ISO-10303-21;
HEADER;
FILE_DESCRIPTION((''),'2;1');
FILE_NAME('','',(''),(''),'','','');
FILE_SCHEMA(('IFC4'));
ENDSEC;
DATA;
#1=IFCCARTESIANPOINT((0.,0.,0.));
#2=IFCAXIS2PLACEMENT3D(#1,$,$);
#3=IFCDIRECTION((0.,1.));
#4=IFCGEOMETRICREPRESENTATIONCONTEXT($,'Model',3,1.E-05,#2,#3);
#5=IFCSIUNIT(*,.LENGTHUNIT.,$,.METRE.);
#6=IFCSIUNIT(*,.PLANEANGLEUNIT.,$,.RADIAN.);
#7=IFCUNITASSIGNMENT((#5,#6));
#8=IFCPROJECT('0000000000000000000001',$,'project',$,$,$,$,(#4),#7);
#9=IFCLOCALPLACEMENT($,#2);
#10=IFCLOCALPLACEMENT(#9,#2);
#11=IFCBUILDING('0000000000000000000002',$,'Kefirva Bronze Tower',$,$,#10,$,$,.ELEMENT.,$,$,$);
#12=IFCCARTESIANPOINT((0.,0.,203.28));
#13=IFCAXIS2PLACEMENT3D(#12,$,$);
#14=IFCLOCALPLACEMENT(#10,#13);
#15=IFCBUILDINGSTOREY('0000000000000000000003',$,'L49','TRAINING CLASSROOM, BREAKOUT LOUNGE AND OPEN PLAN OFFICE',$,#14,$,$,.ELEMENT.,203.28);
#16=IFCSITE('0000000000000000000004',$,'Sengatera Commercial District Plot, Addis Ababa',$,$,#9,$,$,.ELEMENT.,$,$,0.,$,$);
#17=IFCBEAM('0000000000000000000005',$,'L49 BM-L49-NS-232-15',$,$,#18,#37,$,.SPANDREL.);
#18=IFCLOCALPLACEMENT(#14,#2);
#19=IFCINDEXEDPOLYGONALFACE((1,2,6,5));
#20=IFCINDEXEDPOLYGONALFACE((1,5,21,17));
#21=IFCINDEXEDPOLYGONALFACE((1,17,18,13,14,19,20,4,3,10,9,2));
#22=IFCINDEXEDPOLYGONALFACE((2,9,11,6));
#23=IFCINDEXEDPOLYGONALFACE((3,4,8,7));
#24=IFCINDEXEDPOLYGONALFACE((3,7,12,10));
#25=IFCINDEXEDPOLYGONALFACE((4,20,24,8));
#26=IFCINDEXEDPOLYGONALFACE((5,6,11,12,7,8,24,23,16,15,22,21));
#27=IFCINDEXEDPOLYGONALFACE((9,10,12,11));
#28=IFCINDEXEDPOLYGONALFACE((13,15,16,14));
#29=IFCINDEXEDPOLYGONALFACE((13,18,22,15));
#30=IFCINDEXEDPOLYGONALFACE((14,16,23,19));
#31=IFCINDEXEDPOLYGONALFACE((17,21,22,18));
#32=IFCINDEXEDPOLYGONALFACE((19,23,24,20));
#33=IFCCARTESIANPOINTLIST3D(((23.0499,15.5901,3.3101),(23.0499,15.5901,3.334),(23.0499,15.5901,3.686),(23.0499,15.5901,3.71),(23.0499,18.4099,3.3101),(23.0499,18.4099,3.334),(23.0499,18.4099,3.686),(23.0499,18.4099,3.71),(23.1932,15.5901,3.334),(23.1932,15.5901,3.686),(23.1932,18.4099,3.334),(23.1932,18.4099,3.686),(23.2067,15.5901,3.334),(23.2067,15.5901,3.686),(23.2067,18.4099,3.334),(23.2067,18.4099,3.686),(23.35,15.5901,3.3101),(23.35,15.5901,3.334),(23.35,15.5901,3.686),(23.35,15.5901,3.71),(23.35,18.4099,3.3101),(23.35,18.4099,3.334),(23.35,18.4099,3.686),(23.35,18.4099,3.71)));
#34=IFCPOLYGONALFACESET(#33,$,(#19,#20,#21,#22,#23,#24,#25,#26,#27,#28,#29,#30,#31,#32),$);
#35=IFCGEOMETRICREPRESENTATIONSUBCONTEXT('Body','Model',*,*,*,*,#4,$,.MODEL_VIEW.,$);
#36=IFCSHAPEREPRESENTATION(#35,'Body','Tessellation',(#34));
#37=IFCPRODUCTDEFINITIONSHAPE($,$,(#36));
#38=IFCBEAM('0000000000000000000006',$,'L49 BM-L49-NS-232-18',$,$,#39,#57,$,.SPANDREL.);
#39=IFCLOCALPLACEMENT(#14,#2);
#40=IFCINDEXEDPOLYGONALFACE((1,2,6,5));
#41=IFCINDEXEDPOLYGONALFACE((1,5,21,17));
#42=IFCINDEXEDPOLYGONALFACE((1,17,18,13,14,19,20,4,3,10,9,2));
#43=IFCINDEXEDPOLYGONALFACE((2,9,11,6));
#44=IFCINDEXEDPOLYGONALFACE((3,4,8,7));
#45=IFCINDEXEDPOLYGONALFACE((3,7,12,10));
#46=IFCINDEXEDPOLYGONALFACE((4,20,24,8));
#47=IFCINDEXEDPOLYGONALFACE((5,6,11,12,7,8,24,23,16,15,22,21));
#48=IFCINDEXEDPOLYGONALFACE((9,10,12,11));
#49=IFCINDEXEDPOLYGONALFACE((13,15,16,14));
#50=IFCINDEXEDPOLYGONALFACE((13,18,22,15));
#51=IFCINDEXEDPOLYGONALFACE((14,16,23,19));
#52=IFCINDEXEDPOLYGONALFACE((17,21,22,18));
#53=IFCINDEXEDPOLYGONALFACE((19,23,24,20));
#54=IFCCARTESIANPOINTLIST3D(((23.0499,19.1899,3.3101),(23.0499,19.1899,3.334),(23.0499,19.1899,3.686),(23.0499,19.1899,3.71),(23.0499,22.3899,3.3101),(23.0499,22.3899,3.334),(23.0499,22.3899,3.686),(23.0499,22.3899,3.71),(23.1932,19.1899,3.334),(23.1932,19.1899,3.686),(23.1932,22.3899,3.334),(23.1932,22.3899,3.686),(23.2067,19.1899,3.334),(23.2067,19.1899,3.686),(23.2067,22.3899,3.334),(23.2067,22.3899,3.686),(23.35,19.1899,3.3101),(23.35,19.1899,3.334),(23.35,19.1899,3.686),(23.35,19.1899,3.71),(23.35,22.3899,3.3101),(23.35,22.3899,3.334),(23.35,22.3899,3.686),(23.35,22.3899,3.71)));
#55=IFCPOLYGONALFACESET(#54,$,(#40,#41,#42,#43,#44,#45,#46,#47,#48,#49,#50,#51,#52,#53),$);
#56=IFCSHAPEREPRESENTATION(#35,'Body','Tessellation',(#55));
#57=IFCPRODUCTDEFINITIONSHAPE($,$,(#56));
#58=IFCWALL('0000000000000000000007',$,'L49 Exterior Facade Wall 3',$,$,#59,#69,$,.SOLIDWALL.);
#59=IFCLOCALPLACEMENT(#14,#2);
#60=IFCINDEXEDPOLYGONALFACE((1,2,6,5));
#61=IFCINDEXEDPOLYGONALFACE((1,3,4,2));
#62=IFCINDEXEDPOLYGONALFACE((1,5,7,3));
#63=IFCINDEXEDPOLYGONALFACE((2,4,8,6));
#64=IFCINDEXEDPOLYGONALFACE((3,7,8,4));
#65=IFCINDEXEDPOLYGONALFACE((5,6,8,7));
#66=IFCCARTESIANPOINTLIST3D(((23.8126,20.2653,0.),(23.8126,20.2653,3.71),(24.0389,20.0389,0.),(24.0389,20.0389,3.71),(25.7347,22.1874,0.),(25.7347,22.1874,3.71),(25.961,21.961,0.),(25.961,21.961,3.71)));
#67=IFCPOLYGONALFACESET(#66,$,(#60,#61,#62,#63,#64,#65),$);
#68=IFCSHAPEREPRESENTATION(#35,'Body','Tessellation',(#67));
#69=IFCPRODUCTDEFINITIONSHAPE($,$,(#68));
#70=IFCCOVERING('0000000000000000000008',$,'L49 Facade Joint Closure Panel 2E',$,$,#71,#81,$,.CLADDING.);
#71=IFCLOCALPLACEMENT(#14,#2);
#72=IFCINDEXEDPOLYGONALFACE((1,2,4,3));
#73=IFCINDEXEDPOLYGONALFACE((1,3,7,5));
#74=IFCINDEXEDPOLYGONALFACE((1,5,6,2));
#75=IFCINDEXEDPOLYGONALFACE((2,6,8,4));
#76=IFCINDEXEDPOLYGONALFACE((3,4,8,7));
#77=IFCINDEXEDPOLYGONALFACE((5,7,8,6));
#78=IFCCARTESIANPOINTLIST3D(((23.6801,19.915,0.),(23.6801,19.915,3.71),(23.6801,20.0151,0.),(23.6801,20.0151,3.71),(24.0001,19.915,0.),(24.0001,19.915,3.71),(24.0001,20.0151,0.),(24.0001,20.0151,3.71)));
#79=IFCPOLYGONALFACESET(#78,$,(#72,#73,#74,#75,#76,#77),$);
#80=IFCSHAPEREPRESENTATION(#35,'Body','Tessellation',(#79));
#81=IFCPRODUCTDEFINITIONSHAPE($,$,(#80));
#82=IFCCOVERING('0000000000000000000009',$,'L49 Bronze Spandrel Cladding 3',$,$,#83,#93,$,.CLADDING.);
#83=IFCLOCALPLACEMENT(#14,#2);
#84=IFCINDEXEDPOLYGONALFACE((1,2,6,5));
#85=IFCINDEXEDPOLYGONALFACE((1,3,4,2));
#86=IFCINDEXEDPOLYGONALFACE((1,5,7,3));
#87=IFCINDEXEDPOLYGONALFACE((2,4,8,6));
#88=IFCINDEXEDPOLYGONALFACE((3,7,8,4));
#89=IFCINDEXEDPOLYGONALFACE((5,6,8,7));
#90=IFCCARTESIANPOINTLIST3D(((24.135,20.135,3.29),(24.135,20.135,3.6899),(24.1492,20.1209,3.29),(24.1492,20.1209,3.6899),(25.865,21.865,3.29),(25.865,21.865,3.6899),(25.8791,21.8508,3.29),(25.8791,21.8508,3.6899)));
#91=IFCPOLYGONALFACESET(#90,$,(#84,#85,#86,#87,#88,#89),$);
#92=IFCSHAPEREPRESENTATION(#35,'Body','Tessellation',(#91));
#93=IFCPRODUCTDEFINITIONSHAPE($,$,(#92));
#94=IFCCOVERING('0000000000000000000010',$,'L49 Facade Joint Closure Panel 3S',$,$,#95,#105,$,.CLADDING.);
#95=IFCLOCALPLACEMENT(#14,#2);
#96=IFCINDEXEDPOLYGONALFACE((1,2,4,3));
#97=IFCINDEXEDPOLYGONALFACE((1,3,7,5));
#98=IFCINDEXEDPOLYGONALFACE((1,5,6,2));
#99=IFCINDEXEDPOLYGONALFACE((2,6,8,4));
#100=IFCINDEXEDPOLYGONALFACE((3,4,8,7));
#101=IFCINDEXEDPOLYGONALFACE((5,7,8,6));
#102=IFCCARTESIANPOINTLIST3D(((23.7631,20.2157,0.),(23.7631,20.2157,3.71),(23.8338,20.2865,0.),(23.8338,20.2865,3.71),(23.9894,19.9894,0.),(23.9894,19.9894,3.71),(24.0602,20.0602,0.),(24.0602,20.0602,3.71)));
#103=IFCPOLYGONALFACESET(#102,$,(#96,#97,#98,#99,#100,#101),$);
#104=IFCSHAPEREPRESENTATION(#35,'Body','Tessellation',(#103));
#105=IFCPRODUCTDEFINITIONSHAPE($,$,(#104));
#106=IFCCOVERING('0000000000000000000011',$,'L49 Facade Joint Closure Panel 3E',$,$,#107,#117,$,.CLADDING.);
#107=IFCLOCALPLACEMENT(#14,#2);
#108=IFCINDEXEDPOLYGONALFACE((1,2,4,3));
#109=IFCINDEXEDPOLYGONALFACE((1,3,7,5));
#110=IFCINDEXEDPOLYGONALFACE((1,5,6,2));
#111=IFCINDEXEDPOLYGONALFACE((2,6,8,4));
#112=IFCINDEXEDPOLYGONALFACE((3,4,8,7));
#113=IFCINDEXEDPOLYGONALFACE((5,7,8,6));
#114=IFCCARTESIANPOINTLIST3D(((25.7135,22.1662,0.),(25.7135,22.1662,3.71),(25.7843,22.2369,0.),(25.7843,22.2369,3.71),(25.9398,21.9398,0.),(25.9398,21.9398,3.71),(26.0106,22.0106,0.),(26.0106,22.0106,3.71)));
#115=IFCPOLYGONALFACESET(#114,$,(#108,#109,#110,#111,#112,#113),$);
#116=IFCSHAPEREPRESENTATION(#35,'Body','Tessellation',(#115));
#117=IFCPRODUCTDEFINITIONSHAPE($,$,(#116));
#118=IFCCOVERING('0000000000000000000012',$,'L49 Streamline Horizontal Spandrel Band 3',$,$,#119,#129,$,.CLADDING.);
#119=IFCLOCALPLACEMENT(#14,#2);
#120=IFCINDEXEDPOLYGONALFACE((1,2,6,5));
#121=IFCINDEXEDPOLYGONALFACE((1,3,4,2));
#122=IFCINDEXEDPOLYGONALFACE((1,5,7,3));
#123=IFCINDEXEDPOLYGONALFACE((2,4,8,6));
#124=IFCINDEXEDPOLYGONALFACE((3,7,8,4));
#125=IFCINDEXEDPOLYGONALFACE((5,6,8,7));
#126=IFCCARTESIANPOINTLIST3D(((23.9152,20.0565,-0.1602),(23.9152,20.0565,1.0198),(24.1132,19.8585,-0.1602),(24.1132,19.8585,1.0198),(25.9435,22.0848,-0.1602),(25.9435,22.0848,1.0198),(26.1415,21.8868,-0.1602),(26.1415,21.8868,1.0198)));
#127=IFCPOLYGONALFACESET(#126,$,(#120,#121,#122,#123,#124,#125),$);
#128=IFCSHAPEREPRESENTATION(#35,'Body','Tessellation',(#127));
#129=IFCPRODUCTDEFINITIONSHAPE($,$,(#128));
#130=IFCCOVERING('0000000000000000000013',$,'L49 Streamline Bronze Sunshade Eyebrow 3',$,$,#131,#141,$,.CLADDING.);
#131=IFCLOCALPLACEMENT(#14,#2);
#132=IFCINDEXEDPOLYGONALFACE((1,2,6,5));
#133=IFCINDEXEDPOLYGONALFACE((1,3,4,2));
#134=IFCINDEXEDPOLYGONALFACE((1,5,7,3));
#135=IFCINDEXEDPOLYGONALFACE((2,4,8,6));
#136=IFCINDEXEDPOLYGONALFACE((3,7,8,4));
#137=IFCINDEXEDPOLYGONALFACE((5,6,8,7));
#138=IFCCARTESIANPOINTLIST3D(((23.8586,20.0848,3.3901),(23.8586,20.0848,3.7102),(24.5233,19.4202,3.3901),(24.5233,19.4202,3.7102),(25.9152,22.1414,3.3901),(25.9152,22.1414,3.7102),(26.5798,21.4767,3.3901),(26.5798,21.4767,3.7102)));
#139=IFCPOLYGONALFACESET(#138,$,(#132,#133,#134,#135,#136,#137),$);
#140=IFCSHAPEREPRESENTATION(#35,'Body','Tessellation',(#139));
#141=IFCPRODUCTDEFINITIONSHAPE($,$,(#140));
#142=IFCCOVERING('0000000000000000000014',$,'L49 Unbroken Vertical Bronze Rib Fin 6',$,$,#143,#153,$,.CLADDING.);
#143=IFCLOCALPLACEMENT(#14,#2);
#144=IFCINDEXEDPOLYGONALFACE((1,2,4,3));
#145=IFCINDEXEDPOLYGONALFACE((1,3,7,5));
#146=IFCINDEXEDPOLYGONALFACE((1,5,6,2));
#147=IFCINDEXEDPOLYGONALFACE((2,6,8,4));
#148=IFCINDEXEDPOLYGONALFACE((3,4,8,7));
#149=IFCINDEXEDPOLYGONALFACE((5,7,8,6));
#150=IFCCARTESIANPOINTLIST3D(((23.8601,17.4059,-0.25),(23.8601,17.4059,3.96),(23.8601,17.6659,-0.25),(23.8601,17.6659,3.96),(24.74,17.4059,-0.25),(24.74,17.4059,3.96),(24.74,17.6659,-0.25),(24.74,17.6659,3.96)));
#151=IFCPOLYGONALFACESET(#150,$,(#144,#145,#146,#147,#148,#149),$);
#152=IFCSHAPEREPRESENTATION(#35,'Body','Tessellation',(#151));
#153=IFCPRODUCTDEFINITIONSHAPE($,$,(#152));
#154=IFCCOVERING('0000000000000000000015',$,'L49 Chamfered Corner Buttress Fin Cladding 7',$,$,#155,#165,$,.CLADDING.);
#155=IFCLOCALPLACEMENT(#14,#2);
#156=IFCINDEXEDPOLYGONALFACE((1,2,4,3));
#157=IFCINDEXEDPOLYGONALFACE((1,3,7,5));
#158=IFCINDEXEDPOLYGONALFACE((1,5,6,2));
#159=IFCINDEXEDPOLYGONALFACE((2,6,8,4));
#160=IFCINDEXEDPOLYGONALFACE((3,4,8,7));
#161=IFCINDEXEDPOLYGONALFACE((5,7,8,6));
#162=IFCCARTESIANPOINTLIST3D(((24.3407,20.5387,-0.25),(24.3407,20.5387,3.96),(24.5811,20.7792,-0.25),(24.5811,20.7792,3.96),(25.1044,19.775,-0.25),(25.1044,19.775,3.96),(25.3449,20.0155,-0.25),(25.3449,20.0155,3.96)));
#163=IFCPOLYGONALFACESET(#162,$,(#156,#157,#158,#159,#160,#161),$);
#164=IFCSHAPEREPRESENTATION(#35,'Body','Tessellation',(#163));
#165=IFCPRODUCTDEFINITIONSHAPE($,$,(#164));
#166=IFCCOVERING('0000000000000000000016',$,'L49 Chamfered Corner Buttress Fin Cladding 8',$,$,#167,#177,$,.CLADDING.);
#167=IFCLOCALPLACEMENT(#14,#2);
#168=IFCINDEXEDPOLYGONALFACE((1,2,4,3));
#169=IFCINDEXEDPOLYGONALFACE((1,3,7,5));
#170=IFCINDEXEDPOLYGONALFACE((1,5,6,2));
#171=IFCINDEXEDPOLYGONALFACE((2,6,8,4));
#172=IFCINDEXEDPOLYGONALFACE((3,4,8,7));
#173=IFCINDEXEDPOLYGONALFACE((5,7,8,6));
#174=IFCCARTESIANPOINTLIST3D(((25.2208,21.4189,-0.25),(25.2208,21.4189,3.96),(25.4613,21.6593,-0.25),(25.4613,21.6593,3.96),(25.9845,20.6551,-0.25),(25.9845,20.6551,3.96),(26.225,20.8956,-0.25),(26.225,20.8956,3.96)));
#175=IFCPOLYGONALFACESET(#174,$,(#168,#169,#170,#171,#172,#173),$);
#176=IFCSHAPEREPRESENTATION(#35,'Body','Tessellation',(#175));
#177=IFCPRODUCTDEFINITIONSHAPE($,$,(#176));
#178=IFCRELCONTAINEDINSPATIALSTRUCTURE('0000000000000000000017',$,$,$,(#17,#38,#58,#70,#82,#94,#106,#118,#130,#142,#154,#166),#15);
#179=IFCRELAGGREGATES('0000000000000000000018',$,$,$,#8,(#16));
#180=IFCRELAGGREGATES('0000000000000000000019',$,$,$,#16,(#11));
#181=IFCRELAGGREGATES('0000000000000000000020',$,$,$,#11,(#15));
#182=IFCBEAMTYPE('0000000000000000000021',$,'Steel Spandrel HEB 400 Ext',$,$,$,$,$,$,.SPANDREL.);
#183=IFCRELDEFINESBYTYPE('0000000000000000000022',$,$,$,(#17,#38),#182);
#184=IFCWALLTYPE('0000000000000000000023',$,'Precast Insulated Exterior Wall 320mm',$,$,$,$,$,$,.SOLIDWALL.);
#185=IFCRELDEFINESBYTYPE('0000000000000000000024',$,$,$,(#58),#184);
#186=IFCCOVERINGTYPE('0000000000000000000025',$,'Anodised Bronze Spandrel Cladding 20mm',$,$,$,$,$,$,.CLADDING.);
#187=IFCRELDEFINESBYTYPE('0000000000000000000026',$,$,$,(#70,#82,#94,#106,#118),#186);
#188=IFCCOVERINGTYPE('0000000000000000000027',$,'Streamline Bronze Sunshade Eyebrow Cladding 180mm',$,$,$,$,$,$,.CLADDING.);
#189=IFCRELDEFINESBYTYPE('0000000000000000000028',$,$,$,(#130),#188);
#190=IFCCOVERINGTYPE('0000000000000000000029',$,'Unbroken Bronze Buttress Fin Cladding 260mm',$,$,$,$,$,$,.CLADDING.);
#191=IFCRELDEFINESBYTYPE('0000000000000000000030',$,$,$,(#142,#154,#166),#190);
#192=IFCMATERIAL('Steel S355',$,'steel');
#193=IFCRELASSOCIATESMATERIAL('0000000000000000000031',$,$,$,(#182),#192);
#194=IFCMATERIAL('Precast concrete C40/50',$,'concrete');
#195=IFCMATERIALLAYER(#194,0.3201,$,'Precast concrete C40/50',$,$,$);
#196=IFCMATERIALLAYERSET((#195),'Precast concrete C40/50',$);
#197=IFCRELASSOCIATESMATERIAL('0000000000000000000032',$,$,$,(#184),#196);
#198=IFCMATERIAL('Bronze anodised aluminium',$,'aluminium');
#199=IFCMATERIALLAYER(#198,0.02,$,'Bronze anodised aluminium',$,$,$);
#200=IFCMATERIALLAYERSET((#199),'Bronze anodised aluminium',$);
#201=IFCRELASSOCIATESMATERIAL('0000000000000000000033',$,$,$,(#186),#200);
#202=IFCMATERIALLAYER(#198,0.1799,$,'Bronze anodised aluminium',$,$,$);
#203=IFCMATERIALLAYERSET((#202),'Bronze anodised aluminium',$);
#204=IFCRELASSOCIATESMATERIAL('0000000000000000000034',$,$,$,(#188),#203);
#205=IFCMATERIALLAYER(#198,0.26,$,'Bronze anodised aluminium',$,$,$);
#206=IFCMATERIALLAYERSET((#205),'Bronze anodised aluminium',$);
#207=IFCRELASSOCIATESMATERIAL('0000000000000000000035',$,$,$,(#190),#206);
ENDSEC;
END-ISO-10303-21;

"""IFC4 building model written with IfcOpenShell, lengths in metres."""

from ifc_helpers import new_model, si_unit, direction, frame, frame_2d, origin, origin_2d, place, context, subcontext, project, spatial, rectangle, i_section, extrude, material, layer, layer_set, material_profile, profile_set, type_object, element, save


model = new_model("IFC4")

# Units and contexts
model_context = context("Model", 3, precision=1e-05, world=origin(), true_north=direction((0.0, 1.0)))
body_context = subcontext(model_context, "Body", "Model", "MODEL_VIEW")
ifc_project = project(units=[si_unit("LENGTHUNIT", "METRE"), si_unit("PLANEANGLEUNIT", "RADIAN")], contexts=[model_context])

# Site, building, storey
site_placement = place(None, origin())
site = spatial("IfcSite", under=ifc_project, at=site_placement, Name="Sengatera Commercial District Plot, Addis Ababa", CompositionType="ELEMENT", RefElevation=0.0)
building_placement = place(site_placement, origin())
building = spatial("IfcBuilding", under=site, at=building_placement, Name="Kefirva Bronze Tower", CompositionType="ELEMENT")
storey_placement = place(building_placement, frame((0.0, 0.0, 203.28)))
storey = spatial("IfcBuildingStorey", under=building, at=storey_placement, Name="L49", Description="TRAINING CLASSROOM, BREAKOUT LOUNGE AND OPEN PLAN OFFICE", CompositionType="ELEMENT", Elevation=203.28)

# Shared definitions
ifc_material_1 = material(Name="Bronze anodised aluminium", Category="aluminium")

# Beams
ifc_material_2 = material(Name="Steel S355", Category="steel")
ifc_material_profile_1 = material_profile(ifc_material_2, i_section(OverallWidth=0.3, OverallDepth=0.3999, WebThickness=0.0134, FlangeThickness=0.0239, at=origin_2d()), Name="HEB 400")
ifc_profile_set_1 = profile_set([ifc_material_profile_1], Name="Steel S355")
beam_type_1 = type_object("IfcBeamType", Name="Steel Spandrel HEB 400 Ext", PredefinedType="SPANDREL", material=ifc_profile_set_1)
beam_1_placement = place(storey_placement, frame((23.2, 15.5901, 3.51), z_axis=(0.0, 1.0, 0.0), x_axis=(-1.0, 0.0, 0.0)))
element("IfcBeam", 1, at=beam_1_placement, inside=storey, type_object=beam_type_1, Name="L49 BM-L49-NS-232-15", PredefinedType="SPANDREL", context=body_context, shape_type="SweptSolid", body=[
    extrude(i_section(OverallWidth=0.3, OverallDepth=0.3999, WebThickness=0.0134, FlangeThickness=0.0239, at=origin_2d()), origin(), (0.0, 0.0, 1.0), 2.8198),
])
beam_2_placement = place(storey_placement, frame((23.2, 19.1899, 3.51), z_axis=(0.0, 1.0, 0.0), x_axis=(-1.0, 0.0, 0.0)))
element("IfcBeam", 2, at=beam_2_placement, inside=storey, type_object=beam_type_1, Name="L49 BM-L49-NS-232-18", PredefinedType="SPANDREL", context=body_context, shape_type="SweptSolid", body=[
    extrude(i_section(OverallWidth=0.3, OverallDepth=0.3999, WebThickness=0.0134, FlangeThickness=0.0239, at=origin_2d()), origin(), (0.0, 0.0, 1.0), 3.2),
])

# Wall
ifc_material_3 = material(Name="Precast concrete C40/50", Category="concrete")
ifc_layer_1 = layer(ifc_material_3, 0.3201, Name="Precast concrete C40/50")
ifc_layer_set_1 = layer_set([ifc_layer_1], Name="Precast concrete C40/50")
wall_type = type_object("IfcWallType", Name="Precast Insulated Exterior Wall 320mm", PredefinedType="SOLIDWALL", material=ifc_layer_set_1)
wall_placement = place(storey_placement, frame((23.9258, 20.1521, 0.0), z_axis=(0.0, 0.0, 1.0), x_axis=(0.707107, 0.707107, 0.0)))
element("IfcWall", 3, at=wall_placement, inside=storey, type_object=wall_type, Name="L49 Exterior Facade Wall 3", PredefinedType="SOLIDWALL", context=body_context, shape_type="SweptSolid", body=[
    extrude(rectangle(XDim=2.7183, YDim=0.3201, at=frame_2d((1.3591, 0.0))), origin(), (0.0, 0.0, 1.0), 3.71),
])

# Coverings
ifc_layer_2 = layer(ifc_material_1, 0.02, Name="Bronze anodised aluminium")
ifc_layer_set_2 = layer_set([ifc_layer_2], Name="Bronze anodised aluminium")
covering_type_1 = type_object("IfcCoveringType", Name="Anodised Bronze Spandrel Cladding 20mm", PredefinedType="CLADDING", material=ifc_layer_set_2)
covering_1_placement = place(storey_placement, frame((23.8401, 19.9651, 0.0), z_axis=(0.0, 0.0, 1.0), x_axis=(0.0, 1.0, 0.0)))
element("IfcCovering", 4, at=covering_1_placement, inside=storey, type_object=covering_type_1, Name="L49 Facade Joint Closure Panel 2E", PredefinedType="CLADDING", context=body_context, shape_type="SweptSolid", body=[
    extrude(rectangle(XDim=0.1001, YDim=0.3201, at=origin_2d()), origin(), (0.0, 0.0, 1.0), 3.71),
])
covering_2_placement = place(storey_placement, frame((25.0071, 20.9929, 3.29), z_axis=(0.0, 0.0, 1.0), x_axis=(0.707107, 0.707107, 0.0)))
element("IfcCovering", 5, at=covering_2_placement, inside=storey, type_object=covering_type_1, Name="L49 Bronze Spandrel Cladding 3", PredefinedType="CLADDING", context=body_context, shape_type="SweptSolid", body=[
    extrude(rectangle(XDim=2.4465, YDim=0.02, at=origin_2d()), origin(), (0.0, 0.0, 1.0), 0.3999),
])
for number, where, z_axis, x_axis, name in (
    (6, (23.9116, 20.1379, 0.0), (0.0, 0.0, 1.0), (0.707107, 0.707107, 0.0), "L49 Facade Joint Closure Panel 3S"),
    (7, (25.8621, 22.0884, 0.0), (0.0, 0.0, 1.0), (0.707107, 0.707107, 0.0), "L49 Facade Joint Closure Panel 3E"),
):
    element("IfcCovering", number, at=place(storey_placement, frame(where, z_axis=z_axis, x_axis=x_axis)), inside=storey, type_object=covering_type_1, Name=name, PredefinedType="CLADDING", context=body_context, shape_type="SweptSolid", body=[
        extrude(rectangle(XDim=0.1001, YDim=0.3201, at=origin_2d()), origin(), (0.0, 0.0, 1.0), 3.71),
    ])
covering_3_placement = place(storey_placement, frame((25.0283, 20.9717, -0.1602), z_axis=(0.0, 0.0, 1.0), x_axis=(0.707107, 0.707107, 0.0)))
element("IfcCovering", 8, at=covering_3_placement, inside=storey, type_object=covering_type_1, Name="L49 Streamline Horizontal Spandrel Band 3", PredefinedType="CLADDING", context=body_context, shape_type="SweptSolid", body=[
    extrude(rectangle(XDim=2.8684, YDim=0.28, at=origin_2d()), origin(), (0.0, 0.0, 1.0), 1.1799),
])
ifc_layer_3 = layer(ifc_material_1, 0.1799, Name="Bronze anodised aluminium")
ifc_layer_set_3 = layer_set([ifc_layer_3], Name="Bronze anodised aluminium")
covering_type_2 = type_object("IfcCoveringType", Name="Streamline Bronze Sunshade Eyebrow Cladding 180mm", PredefinedType="CLADDING", material=ifc_layer_set_3)
covering_4_placement = place(storey_placement, frame((25.2192, 20.7808, 3.3901), z_axis=(0.0, 0.0, 1.0), x_axis=(0.707107, 0.707107, 0.0)))
element("IfcCovering", 9, at=covering_4_placement, inside=storey, type_object=covering_type_2, Name="L49 Streamline Bronze Sunshade Eyebrow 3", PredefinedType="CLADDING", context=body_context, shape_type="SweptSolid", body=[
    extrude(rectangle(XDim=2.9084, YDim=0.9399, at=origin_2d()), origin(), (0.0, 0.0, 1.0), 0.3201),
])
ifc_layer_4 = layer(ifc_material_1, 0.26, Name="Bronze anodised aluminium")
ifc_layer_set_4 = layer_set([ifc_layer_4], Name="Bronze anodised aluminium")
covering_type_3 = type_object("IfcCoveringType", Name="Unbroken Bronze Buttress Fin Cladding 260mm", PredefinedType="CLADDING", material=ifc_layer_set_4)
covering_5_placement = place(storey_placement, frame((24.3, 17.5359, -0.25), z_axis=(0.0, 0.0, 1.0), x_axis=(0.0, 1.0, 0.0)))
element("IfcCovering", 10, at=covering_5_placement, inside=storey, type_object=covering_type_3, Name="L49 Unbroken Vertical Bronze Rib Fin 6", PredefinedType="CLADDING", context=body_context, shape_type="SweptSolid", body=[
    extrude(rectangle(XDim=0.26, YDim=0.8799, at=origin_2d()), origin(), (0.0, 0.0, 1.0), 4.21),
])
for number, where, z_axis, x_axis, name in (
    (11, (24.8428, 20.2771, -0.25), (0.0, 0.0, 1.0), (0.707107, 0.707107, 0.0), "L49 Chamfered Corner Buttress Fin Cladding 7"),
    (12, (25.7229, 21.1572, -0.25), (0.0, 0.0, 1.0), (0.707107, 0.707107, 0.0), "L49 Chamfered Corner Buttress Fin Cladding 8"),
):
    element("IfcCovering", number, at=place(storey_placement, frame(where, z_axis=z_axis, x_axis=x_axis)), inside=storey, type_object=covering_type_3, Name=name, PredefinedType="CLADDING", context=body_context, shape_type="SweptSolid", body=[
        extrude(rectangle(XDim=0.3401, YDim=1.0801, at=origin_2d()), origin(), (0.0, 0.0, 1.0), 4.21),
    ])

save(model, "model.ifc")
